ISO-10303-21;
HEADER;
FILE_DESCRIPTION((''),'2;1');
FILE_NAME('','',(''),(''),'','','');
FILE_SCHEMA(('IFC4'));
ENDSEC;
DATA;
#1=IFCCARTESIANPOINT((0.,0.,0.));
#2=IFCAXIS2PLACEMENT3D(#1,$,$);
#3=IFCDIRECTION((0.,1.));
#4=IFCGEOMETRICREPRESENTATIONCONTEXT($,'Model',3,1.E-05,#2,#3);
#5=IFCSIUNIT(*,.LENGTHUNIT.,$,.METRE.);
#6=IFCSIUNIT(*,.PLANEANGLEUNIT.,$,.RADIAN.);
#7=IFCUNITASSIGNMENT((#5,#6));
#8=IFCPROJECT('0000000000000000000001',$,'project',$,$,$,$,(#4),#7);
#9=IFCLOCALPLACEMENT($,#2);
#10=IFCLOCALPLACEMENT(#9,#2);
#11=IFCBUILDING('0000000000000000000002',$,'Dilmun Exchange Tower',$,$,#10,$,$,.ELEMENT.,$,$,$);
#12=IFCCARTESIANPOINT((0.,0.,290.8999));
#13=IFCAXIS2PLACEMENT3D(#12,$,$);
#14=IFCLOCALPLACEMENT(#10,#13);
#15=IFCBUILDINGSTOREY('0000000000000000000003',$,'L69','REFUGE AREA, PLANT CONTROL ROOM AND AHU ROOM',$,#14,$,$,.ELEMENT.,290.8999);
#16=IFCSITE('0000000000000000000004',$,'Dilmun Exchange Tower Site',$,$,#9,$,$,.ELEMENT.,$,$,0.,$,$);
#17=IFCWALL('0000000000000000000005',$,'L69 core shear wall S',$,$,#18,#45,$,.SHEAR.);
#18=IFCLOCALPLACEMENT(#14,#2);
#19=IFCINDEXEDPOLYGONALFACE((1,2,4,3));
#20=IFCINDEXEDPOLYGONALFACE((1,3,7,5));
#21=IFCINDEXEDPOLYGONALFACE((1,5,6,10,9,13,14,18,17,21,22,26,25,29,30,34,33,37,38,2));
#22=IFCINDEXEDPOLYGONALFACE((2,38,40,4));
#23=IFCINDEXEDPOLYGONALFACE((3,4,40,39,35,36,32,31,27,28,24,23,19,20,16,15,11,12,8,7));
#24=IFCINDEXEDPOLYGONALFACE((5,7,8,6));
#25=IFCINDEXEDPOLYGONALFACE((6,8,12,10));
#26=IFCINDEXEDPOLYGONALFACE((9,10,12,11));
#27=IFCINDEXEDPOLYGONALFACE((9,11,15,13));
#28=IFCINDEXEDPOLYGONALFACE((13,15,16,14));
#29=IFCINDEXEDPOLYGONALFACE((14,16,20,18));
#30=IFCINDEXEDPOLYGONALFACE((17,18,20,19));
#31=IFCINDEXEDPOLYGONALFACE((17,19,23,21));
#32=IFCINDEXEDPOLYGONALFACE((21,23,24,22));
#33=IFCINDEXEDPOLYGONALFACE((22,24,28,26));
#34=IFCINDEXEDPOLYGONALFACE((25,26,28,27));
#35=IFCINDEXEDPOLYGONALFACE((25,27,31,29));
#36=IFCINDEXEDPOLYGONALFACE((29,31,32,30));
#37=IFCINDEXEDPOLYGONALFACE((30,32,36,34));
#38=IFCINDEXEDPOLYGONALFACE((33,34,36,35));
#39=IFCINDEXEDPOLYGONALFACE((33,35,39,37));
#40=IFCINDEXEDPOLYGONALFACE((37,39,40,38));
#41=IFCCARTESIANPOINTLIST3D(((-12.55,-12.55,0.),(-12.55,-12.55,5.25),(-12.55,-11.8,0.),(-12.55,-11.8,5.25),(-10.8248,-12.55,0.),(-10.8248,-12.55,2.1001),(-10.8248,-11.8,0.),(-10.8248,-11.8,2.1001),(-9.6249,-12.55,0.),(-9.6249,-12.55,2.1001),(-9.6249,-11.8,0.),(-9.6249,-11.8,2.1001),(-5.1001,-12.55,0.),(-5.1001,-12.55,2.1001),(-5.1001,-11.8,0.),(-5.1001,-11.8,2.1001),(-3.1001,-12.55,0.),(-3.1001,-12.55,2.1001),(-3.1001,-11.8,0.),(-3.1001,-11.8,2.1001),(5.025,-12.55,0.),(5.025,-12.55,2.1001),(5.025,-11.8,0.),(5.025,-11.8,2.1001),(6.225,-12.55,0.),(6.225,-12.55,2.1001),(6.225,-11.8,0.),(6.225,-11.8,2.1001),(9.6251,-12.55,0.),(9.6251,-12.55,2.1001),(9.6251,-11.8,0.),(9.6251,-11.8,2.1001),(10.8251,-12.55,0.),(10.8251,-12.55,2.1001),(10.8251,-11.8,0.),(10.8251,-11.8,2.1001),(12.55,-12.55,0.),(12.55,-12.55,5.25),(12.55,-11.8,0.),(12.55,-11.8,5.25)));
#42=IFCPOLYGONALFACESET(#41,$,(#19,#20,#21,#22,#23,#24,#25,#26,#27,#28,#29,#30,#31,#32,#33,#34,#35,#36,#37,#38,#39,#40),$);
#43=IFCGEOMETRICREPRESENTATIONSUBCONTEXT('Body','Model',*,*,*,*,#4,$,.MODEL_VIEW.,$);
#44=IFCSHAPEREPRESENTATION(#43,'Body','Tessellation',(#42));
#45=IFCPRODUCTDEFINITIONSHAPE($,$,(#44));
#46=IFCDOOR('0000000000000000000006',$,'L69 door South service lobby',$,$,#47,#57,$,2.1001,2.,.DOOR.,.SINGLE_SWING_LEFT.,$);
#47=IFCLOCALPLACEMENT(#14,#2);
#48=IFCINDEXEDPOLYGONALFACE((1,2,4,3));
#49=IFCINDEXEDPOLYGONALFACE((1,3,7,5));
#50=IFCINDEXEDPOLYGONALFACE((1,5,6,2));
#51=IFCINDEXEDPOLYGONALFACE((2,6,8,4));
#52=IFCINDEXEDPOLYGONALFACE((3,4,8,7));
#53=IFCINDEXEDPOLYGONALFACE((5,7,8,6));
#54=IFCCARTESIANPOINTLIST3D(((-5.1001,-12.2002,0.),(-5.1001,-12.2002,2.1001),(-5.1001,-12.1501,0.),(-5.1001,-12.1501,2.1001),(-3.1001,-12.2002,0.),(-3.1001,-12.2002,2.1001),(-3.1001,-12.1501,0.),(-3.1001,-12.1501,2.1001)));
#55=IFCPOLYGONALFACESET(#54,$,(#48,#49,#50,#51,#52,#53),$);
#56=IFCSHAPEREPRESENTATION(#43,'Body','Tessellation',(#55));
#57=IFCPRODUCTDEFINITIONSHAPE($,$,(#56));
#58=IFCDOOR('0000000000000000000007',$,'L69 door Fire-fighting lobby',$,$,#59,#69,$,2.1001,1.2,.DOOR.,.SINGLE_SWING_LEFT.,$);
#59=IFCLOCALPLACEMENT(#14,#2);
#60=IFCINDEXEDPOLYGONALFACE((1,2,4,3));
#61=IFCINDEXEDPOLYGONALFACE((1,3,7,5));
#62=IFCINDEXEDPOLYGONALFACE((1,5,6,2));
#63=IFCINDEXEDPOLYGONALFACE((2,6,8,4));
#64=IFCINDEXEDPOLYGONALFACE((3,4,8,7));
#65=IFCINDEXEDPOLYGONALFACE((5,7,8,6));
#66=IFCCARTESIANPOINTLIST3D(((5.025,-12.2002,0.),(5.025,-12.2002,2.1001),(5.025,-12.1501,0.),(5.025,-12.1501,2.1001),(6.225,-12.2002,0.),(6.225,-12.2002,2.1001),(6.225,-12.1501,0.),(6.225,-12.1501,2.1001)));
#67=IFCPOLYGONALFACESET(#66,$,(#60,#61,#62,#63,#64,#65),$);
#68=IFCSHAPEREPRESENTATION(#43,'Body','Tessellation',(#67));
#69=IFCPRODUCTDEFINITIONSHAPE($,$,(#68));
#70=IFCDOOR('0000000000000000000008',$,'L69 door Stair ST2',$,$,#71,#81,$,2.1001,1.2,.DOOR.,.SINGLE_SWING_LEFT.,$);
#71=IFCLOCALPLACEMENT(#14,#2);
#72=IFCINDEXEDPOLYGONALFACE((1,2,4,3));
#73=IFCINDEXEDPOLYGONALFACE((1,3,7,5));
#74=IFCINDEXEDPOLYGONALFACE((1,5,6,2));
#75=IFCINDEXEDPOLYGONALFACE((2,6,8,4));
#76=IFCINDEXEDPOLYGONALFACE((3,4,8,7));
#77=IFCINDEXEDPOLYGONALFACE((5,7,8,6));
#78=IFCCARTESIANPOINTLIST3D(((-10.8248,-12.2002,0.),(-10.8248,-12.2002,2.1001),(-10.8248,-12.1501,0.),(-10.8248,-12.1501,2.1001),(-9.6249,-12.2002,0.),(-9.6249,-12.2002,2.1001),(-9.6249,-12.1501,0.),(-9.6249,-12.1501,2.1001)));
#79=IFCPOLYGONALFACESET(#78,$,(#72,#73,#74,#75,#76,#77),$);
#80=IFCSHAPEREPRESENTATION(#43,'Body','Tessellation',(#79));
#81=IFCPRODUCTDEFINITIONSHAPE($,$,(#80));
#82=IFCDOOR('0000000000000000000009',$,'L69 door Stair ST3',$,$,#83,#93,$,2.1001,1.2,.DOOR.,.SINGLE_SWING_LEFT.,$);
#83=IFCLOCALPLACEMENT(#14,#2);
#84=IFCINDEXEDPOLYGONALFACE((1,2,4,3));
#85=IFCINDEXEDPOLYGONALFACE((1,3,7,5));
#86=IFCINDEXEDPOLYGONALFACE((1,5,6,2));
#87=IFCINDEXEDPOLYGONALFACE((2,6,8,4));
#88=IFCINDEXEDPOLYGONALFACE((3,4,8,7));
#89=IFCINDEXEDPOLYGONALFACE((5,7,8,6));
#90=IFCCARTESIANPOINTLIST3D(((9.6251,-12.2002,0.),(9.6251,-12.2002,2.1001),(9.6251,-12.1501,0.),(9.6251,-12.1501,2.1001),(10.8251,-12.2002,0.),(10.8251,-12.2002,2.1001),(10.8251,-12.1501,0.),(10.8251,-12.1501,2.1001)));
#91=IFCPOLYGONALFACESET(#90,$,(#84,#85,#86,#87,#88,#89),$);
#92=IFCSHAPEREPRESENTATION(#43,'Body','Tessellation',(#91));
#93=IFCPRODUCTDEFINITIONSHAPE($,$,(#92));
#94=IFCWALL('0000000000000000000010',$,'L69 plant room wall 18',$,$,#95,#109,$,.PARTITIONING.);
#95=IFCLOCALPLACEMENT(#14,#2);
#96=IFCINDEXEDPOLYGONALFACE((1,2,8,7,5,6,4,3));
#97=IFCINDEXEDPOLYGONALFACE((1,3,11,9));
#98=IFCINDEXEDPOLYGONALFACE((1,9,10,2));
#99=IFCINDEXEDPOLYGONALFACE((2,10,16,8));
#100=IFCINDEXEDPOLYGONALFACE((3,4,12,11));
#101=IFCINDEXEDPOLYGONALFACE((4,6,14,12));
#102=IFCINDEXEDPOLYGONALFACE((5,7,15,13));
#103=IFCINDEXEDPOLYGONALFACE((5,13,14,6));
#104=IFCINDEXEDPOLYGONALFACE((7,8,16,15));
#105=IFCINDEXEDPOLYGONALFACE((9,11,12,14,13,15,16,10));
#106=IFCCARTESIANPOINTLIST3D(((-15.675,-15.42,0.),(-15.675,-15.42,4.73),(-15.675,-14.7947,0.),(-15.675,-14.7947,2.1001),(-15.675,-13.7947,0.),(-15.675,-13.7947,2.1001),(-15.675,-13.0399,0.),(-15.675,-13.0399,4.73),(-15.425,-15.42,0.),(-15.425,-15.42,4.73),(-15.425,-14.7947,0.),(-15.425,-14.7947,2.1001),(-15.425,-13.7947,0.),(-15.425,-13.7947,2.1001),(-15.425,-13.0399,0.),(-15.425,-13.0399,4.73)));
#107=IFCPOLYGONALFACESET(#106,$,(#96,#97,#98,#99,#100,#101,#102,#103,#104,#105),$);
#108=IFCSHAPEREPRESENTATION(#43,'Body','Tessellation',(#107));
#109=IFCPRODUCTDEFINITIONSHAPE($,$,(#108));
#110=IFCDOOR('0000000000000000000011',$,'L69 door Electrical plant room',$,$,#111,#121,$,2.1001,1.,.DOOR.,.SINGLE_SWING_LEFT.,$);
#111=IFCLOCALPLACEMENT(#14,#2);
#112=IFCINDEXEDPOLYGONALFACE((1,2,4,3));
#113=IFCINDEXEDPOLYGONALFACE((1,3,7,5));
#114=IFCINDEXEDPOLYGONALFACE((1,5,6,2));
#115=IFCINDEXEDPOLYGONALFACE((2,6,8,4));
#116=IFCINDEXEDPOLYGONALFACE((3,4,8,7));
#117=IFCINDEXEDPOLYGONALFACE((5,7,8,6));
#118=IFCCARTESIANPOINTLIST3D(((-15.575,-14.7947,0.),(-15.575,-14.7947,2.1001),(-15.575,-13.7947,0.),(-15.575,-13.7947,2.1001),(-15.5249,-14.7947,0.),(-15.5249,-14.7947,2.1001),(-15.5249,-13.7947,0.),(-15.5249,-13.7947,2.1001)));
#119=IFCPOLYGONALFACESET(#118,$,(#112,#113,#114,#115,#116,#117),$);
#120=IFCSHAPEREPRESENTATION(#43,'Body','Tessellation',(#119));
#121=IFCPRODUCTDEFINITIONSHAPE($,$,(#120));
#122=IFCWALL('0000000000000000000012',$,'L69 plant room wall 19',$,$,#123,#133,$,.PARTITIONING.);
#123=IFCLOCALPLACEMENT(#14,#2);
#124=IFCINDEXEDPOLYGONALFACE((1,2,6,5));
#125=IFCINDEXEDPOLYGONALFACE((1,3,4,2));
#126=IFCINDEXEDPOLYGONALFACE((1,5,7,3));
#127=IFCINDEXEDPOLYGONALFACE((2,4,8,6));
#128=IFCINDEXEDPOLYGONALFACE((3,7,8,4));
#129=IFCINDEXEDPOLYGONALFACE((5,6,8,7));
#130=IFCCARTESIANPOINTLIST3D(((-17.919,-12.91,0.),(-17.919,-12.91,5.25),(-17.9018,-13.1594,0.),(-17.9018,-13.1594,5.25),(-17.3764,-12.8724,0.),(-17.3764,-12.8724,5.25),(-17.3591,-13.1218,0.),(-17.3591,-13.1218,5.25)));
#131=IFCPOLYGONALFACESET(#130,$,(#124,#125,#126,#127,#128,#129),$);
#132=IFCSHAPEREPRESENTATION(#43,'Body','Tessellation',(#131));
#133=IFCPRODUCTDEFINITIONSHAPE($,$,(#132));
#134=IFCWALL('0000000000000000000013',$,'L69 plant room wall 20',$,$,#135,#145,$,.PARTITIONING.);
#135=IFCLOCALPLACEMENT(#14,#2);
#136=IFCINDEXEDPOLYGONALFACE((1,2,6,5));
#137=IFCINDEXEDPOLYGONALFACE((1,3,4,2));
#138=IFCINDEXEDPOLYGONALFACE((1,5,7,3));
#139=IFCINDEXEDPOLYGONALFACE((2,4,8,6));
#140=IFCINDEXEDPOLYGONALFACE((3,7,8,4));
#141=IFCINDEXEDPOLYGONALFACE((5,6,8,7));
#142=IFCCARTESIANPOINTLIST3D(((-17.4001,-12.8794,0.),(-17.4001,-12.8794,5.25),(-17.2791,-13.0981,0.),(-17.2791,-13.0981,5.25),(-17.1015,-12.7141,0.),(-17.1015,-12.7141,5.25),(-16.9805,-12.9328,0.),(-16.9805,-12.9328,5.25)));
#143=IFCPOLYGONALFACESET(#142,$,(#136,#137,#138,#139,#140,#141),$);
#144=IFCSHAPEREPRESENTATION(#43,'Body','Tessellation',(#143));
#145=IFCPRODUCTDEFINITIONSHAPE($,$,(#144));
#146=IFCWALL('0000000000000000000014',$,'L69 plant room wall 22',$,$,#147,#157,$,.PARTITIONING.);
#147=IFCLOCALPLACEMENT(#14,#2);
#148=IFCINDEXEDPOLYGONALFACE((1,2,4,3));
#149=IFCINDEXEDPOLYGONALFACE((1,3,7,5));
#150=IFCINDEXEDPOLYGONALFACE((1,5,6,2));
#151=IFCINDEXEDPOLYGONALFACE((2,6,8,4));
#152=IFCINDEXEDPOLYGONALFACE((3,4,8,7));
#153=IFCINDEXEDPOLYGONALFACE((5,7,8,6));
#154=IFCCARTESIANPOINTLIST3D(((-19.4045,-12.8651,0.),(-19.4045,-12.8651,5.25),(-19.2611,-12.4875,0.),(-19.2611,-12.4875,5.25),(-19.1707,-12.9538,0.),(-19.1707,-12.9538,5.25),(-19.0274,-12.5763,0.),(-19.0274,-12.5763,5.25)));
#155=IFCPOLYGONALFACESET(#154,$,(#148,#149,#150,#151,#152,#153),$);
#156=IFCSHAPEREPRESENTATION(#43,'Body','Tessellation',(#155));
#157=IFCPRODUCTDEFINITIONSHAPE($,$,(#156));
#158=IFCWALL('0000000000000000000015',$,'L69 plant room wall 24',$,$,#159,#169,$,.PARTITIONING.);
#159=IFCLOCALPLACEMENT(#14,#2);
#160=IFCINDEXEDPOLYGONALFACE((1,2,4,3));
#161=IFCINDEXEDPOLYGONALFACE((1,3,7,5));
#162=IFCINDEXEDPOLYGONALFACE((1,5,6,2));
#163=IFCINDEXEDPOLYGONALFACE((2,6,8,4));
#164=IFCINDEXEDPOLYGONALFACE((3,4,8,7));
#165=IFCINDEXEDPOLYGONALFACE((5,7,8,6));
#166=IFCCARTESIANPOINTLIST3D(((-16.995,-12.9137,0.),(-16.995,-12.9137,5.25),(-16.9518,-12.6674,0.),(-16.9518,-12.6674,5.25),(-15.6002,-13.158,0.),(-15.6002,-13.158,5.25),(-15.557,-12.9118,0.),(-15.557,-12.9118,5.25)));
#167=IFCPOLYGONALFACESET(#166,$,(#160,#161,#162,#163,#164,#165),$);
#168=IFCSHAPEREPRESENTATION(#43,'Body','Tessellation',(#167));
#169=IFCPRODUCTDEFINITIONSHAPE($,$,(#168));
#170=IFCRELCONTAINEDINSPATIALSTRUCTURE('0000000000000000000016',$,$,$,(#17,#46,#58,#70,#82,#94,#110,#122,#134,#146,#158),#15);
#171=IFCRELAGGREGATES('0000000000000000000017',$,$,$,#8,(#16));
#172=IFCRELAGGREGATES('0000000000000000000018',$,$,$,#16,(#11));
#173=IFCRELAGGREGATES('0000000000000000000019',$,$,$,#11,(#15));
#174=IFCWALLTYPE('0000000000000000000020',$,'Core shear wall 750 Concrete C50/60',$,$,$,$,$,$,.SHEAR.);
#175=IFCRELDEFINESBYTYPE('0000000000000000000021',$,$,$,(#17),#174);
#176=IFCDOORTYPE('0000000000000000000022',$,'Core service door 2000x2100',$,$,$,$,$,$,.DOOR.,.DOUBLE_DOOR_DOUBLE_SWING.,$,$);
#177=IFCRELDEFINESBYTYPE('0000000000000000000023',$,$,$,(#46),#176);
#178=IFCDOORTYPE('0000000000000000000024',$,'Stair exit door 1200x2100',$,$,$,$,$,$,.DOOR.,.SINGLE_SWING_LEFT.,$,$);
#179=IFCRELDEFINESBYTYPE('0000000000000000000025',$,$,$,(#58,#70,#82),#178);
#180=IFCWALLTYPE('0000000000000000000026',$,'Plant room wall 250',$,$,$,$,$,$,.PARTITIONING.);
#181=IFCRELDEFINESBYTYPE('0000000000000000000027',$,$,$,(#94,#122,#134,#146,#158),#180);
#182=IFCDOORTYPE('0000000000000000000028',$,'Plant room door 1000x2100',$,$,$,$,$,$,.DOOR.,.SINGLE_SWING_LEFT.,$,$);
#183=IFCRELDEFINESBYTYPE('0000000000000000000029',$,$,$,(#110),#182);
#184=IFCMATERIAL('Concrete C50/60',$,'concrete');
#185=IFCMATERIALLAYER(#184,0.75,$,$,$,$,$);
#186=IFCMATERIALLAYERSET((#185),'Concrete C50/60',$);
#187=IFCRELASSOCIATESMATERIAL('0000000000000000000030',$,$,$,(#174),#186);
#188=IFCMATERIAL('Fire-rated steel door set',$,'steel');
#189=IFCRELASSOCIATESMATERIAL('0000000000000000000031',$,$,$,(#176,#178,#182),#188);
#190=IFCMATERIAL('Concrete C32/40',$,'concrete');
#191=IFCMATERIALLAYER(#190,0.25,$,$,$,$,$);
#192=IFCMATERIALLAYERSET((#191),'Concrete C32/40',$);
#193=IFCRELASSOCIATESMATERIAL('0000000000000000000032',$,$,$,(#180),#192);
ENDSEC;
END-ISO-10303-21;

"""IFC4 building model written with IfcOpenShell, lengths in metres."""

from ifc_helpers import new_model, si_unit, direction, frame, frame_2d, origin, place, context, subcontext, project, spatial, rectangle, extrude, material, layer, layer_set, type_object, element, fill, save


model = new_model("IFC4")

# Units and contexts
model_context = context("Model", 3, precision=1e-05, world=origin(), true_north=direction((0.0, 1.0)))
body_context = subcontext(model_context, "Body", "Model", "MODEL_VIEW")
ifc_project = project(units=[si_unit("LENGTHUNIT", "METRE"), si_unit("PLANEANGLEUNIT", "RADIAN")], contexts=[model_context])

# Site, building, storey
site_placement = place(None, origin())
site = spatial("IfcSite", under=ifc_project, at=site_placement, Name="Dilmun Exchange Tower Site", CompositionType="ELEMENT", RefElevation=0.0)
building_placement = place(site_placement, origin())
building = spatial("IfcBuilding", under=site, at=building_placement, Name="Dilmun Exchange Tower", CompositionType="ELEMENT")
storey_placement = place(building_placement, frame((0.0, 0.0, 290.8999)))
storey = spatial("IfcBuildingStorey", under=building, at=storey_placement, Name="L69", Description="REFUGE AREA, PLANT CONTROL ROOM AND AHU ROOM", CompositionType="ELEMENT", Elevation=290.8999)

# Wall, openings, doors
ifc_material_1 = material(Name="Concrete C50/60", Category="concrete")
ifc_layer_1 = layer(ifc_material_1, 0.75)
ifc_layer_set_1 = layer_set([ifc_layer_1], Name="Concrete C50/60")
wall_type_1 = type_object("IfcWallType", Name="Core shear wall 750 Concrete C50/60", PredefinedType="SHEAR", material=ifc_layer_set_1)
wall_1_placement = place(storey_placement, frame((-12.55, -12.175, 0.0), z_axis=(0.0, 0.0, 1.0), x_axis=(1.0, 0.0, 0.0)))
wall_1 = element("IfcWall", 1, at=wall_1_placement, inside=storey, type_object=wall_type_1, Name="L69 core shear wall S", PredefinedType="SHEAR", context=body_context, shape_type="SweptSolid", body=[
    extrude(rectangle(XDim=25.1001, YDim=0.75, at=frame_2d((12.55, 0.0))), origin(), (0.0, 0.0, 1.0), 5.25),
])
opening_1_placement = place(wall_1_placement, frame((7.45, 0.0, 0.0)))
opening_1 = element("IfcOpeningElement", 2, at=opening_1_placement, cuts=wall_1, PredefinedType="OPENING", context=body_context, shape_type="SweptSolid", body=[
    extrude(rectangle(XDim=2.0, YDim=2.1001, at=frame_2d((1.0, 1.05))), frame((0.0, 0.385, 0.0), z_axis=(0.0, -1.0, 0.0), x_axis=(1.0, 0.0, 0.0)), (0.0, 0.0, 1.0), 0.77),
])
opening_2_placement = place(wall_1_placement, frame((17.575, 0.0, 0.0)))
opening_2 = element("IfcOpeningElement", 3, at=opening_2_placement, cuts=wall_1, PredefinedType="OPENING", context=body_context, shape_type="SweptSolid", body=[
    extrude(rectangle(XDim=1.2, YDim=2.1001, at=frame_2d((0.6001, 1.05))), frame((0.0, 0.385, 0.0), z_axis=(0.0, -1.0, 0.0), x_axis=(1.0, 0.0, 0.0)), (0.0, 0.0, 1.0), 0.77),
])
opening_3_placement = place(wall_1_placement, frame((1.7251, 0.0, 0.0)))
opening_3 = element("IfcOpeningElement", 4, at=opening_3_placement, cuts=wall_1, PredefinedType="OPENING", context=body_context, shape_type="SweptSolid", body=[
    extrude(rectangle(XDim=1.2, YDim=2.1001, at=frame_2d((0.6001, 1.05))), frame((0.0, 0.385, 0.0), z_axis=(0.0, -1.0, 0.0), x_axis=(1.0, 0.0, 0.0)), (0.0, 0.0, 1.0), 0.77),
])
opening_4_placement = place(wall_1_placement, frame((22.175, 0.0, 0.0)))
opening_4 = element("IfcOpeningElement", 5, at=opening_4_placement, cuts=wall_1, PredefinedType="OPENING", context=body_context, shape_type="SweptSolid", body=[
    extrude(rectangle(XDim=1.2, YDim=2.1001, at=frame_2d((0.6001, 1.05))), frame((0.0, 0.385, 0.0), z_axis=(0.0, -1.0, 0.0), x_axis=(1.0, 0.0, 0.0)), (0.0, 0.0, 1.0), 0.77),
])
ifc_material_2 = material(Name="Fire-rated steel door set", Category="steel")
door_type_1 = type_object("IfcDoorType", Name="Core service door 2000x2100", OperationType="DOUBLE_DOOR_DOUBLE_SWING", PredefinedType="DOOR", material=ifc_material_2)
door_1_placement = place(opening_1_placement, origin())
door_1 = element("IfcDoor", 6, at=door_1_placement, inside=storey, type_object=door_type_1, Name="L69 door South service lobby", OperationType="SINGLE_SWING_LEFT", OverallHeight=2.1001, OverallWidth=2.0, PredefinedType="DOOR", context=body_context, shape_type="SweptSolid", body=[
    extrude(rectangle(XDim=2.0, YDim=2.1001, at=frame_2d((1.0, 1.05))), frame((0.0, 0.0249, 0.0), z_axis=(0.0, -1.0, 0.0), x_axis=(1.0, 0.0, 0.0)), (0.0, 0.0, 1.0), 0.05),
])
fill(opening_1, door_1)
door_type_2 = type_object("IfcDoorType", Name="Stair exit door 1200x2100", OperationType="SINGLE_SWING_LEFT", PredefinedType="DOOR", material=ifc_material_2)
door_2_placement = place(opening_2_placement, origin())
door_2 = element("IfcDoor", 7, at=door_2_placement, inside=storey, type_object=door_type_2, Name="L69 door Fire-fighting lobby", OperationType="SINGLE_SWING_LEFT", OverallHeight=2.1001, OverallWidth=1.2, PredefinedType="DOOR", context=body_context, shape_type="SweptSolid", body=[
    extrude(rectangle(XDim=1.2, YDim=2.1001, at=frame_2d((0.6001, 1.05))), frame((0.0, 0.0249, 0.0), z_axis=(0.0, -1.0, 0.0), x_axis=(1.0, 0.0, 0.0)), (0.0, 0.0, 1.0), 0.05),
])
fill(opening_2, door_2)
door_3_placement = place(opening_3_placement, origin())
door_3 = element("IfcDoor", 8, at=door_3_placement, inside=storey, type_object=door_type_2, Name="L69 door Stair ST2", OperationType="SINGLE_SWING_LEFT", OverallHeight=2.1001, OverallWidth=1.2, PredefinedType="DOOR", context=body_context, shape_type="SweptSolid", body=[
    extrude(rectangle(XDim=1.2, YDim=2.1001, at=frame_2d((0.6001, 1.05))), frame((0.0, 0.0249, 0.0), z_axis=(0.0, -1.0, 0.0), x_axis=(1.0, 0.0, 0.0)), (0.0, 0.0, 1.0), 0.05),
])
fill(opening_3, door_3)
door_4_placement = place(opening_4_placement, origin())
door_4 = element("IfcDoor", 9, at=door_4_placement, inside=storey, type_object=door_type_2, Name="L69 door Stair ST3", OperationType="SINGLE_SWING_LEFT", OverallHeight=2.1001, OverallWidth=1.2, PredefinedType="DOOR", context=body_context, shape_type="SweptSolid", body=[
    extrude(rectangle(XDim=1.2, YDim=2.1001, at=frame_2d((0.6001, 1.05))), frame((0.0, 0.0249, 0.0), z_axis=(0.0, -1.0, 0.0), x_axis=(1.0, 0.0, 0.0)), (0.0, 0.0, 1.0), 0.05),
])
fill(opening_4, door_4)

# Wall, opening, door
ifc_material_3 = material(Name="Concrete C32/40", Category="concrete")
ifc_layer_2 = layer(ifc_material_3, 0.25)
ifc_layer_set_2 = layer_set([ifc_layer_2], Name="Concrete C32/40")
wall_type_2 = type_object("IfcWallType", Name="Plant room wall 250", PredefinedType="PARTITIONING", material=ifc_layer_set_2)
wall_2_placement = place(storey_placement, frame((-15.55, -15.4199, 0.0), z_axis=(0.0, 0.0, 1.0), x_axis=(0.0, 1.0, 0.0)))
wall_2 = element("IfcWall", 10, at=wall_2_placement, inside=storey, type_object=wall_type_2, Name="L69 plant room wall 18", PredefinedType="PARTITIONING", context=body_context, shape_type="SweptSolid", body=[
    extrude(rectangle(XDim=2.3801, YDim=0.25, at=frame_2d((1.1899, 0.0))), origin(), (0.0, 0.0, 1.0), 4.73),
])
opening_5_placement = place(wall_2_placement, frame((0.6252, 0.0, 0.0)))
opening_5 = element("IfcOpeningElement", 11, at=opening_5_placement, cuts=wall_2, PredefinedType="OPENING", context=body_context, shape_type="SweptSolid", body=[
    extrude(rectangle(XDim=1.0, YDim=2.1001, at=frame_2d((0.5, 1.05))), frame((0.0, 0.135, 0.0), z_axis=(0.0, -1.0, 0.0), x_axis=(1.0, 0.0, 0.0)), (0.0, 0.0, 1.0), 0.27),
])
door_type_3 = type_object("IfcDoorType", Name="Plant room door 1000x2100", OperationType="SINGLE_SWING_LEFT", PredefinedType="DOOR", material=ifc_material_2)
door_5_placement = place(opening_5_placement, origin())
door_5 = element("IfcDoor", 12, at=door_5_placement, inside=storey, type_object=door_type_3, Name="L69 door Electrical plant room", OperationType="SINGLE_SWING_LEFT", OverallHeight=2.1001, OverallWidth=1.0, PredefinedType="DOOR", context=body_context, shape_type="SweptSolid", body=[
    extrude(rectangle(XDim=1.0, YDim=2.1001, at=frame_2d((0.5, 1.05))), frame((0.0, 0.0249, 0.0), z_axis=(0.0, -1.0, 0.0), x_axis=(1.0, 0.0, 0.0)), (0.0, 0.0, 1.0), 0.05),
])
fill(opening_5, door_5)

# Walls
wall_3_placement = place(storey_placement, frame((-17.9104, -13.0347, 0.0), z_axis=(0.0, 0.0, 1.0), x_axis=(0.997609, 0.06911, 0.0)))
element("IfcWall", 13, at=wall_3_placement, inside=storey, type_object=wall_type_2, Name="L69 plant room wall 19", PredefinedType="PARTITIONING", context=body_context, shape_type="SweptSolid", body=[
    extrude(rectangle(XDim=0.5439, YDim=0.25, at=frame_2d((0.272, 0.0))), origin(), (0.0, 0.0, 1.0), 5.25),
])
wall_4_placement = place(storey_placement, frame((-17.3396, -12.9888, 0.0), z_axis=(0.0, 0.0, 1.0), x_axis=(0.874899, 0.484306, 0.0)))
element("IfcWall", 14, at=wall_4_placement, inside=storey, type_object=wall_type_2, Name="L69 plant room wall 20", PredefinedType="PARTITIONING", context=body_context, shape_type="SweptSolid", body=[
    extrude(rectangle(XDim=0.3413, YDim=0.25, at=frame_2d((0.1707, 0.0))), origin(), (0.0, 0.0, 1.0), 5.25),
])
wall_5_placement = place(storey_placement, frame((-19.2876, -12.9094, 0.0), z_axis=(0.0, 0.0, 1.0), x_axis=(0.354964, 0.93488, 0.0)))
element("IfcWall", 15, at=wall_5_placement, inside=storey, type_object=wall_type_2, Name="L69 plant room wall 22", PredefinedType="PARTITIONING", context=body_context, shape_type="SweptSolid", body=[
    extrude(rectangle(XDim=0.4038, YDim=0.25, at=frame_2d((0.2019, 0.0))), origin(), (0.0, 0.0, 1.0), 5.25),
])
wall_6_placement = place(storey_placement, frame((-16.9734, -12.7905, 0.0), z_axis=(0.0, 0.0, 1.0), x_axis=(0.984995, -0.172585, 0.0)))
element("IfcWall", 16, at=wall_6_placement, inside=storey, type_object=wall_type_2, Name="L69 plant room wall 24", PredefinedType="PARTITIONING", context=body_context, shape_type="SweptSolid", body=[
    extrude(rectangle(XDim=1.416, YDim=0.25, at=frame_2d((0.708, 0.0))), origin(), (0.0, 0.0, 1.0), 5.25),
])

save(model, "model.ifc")
